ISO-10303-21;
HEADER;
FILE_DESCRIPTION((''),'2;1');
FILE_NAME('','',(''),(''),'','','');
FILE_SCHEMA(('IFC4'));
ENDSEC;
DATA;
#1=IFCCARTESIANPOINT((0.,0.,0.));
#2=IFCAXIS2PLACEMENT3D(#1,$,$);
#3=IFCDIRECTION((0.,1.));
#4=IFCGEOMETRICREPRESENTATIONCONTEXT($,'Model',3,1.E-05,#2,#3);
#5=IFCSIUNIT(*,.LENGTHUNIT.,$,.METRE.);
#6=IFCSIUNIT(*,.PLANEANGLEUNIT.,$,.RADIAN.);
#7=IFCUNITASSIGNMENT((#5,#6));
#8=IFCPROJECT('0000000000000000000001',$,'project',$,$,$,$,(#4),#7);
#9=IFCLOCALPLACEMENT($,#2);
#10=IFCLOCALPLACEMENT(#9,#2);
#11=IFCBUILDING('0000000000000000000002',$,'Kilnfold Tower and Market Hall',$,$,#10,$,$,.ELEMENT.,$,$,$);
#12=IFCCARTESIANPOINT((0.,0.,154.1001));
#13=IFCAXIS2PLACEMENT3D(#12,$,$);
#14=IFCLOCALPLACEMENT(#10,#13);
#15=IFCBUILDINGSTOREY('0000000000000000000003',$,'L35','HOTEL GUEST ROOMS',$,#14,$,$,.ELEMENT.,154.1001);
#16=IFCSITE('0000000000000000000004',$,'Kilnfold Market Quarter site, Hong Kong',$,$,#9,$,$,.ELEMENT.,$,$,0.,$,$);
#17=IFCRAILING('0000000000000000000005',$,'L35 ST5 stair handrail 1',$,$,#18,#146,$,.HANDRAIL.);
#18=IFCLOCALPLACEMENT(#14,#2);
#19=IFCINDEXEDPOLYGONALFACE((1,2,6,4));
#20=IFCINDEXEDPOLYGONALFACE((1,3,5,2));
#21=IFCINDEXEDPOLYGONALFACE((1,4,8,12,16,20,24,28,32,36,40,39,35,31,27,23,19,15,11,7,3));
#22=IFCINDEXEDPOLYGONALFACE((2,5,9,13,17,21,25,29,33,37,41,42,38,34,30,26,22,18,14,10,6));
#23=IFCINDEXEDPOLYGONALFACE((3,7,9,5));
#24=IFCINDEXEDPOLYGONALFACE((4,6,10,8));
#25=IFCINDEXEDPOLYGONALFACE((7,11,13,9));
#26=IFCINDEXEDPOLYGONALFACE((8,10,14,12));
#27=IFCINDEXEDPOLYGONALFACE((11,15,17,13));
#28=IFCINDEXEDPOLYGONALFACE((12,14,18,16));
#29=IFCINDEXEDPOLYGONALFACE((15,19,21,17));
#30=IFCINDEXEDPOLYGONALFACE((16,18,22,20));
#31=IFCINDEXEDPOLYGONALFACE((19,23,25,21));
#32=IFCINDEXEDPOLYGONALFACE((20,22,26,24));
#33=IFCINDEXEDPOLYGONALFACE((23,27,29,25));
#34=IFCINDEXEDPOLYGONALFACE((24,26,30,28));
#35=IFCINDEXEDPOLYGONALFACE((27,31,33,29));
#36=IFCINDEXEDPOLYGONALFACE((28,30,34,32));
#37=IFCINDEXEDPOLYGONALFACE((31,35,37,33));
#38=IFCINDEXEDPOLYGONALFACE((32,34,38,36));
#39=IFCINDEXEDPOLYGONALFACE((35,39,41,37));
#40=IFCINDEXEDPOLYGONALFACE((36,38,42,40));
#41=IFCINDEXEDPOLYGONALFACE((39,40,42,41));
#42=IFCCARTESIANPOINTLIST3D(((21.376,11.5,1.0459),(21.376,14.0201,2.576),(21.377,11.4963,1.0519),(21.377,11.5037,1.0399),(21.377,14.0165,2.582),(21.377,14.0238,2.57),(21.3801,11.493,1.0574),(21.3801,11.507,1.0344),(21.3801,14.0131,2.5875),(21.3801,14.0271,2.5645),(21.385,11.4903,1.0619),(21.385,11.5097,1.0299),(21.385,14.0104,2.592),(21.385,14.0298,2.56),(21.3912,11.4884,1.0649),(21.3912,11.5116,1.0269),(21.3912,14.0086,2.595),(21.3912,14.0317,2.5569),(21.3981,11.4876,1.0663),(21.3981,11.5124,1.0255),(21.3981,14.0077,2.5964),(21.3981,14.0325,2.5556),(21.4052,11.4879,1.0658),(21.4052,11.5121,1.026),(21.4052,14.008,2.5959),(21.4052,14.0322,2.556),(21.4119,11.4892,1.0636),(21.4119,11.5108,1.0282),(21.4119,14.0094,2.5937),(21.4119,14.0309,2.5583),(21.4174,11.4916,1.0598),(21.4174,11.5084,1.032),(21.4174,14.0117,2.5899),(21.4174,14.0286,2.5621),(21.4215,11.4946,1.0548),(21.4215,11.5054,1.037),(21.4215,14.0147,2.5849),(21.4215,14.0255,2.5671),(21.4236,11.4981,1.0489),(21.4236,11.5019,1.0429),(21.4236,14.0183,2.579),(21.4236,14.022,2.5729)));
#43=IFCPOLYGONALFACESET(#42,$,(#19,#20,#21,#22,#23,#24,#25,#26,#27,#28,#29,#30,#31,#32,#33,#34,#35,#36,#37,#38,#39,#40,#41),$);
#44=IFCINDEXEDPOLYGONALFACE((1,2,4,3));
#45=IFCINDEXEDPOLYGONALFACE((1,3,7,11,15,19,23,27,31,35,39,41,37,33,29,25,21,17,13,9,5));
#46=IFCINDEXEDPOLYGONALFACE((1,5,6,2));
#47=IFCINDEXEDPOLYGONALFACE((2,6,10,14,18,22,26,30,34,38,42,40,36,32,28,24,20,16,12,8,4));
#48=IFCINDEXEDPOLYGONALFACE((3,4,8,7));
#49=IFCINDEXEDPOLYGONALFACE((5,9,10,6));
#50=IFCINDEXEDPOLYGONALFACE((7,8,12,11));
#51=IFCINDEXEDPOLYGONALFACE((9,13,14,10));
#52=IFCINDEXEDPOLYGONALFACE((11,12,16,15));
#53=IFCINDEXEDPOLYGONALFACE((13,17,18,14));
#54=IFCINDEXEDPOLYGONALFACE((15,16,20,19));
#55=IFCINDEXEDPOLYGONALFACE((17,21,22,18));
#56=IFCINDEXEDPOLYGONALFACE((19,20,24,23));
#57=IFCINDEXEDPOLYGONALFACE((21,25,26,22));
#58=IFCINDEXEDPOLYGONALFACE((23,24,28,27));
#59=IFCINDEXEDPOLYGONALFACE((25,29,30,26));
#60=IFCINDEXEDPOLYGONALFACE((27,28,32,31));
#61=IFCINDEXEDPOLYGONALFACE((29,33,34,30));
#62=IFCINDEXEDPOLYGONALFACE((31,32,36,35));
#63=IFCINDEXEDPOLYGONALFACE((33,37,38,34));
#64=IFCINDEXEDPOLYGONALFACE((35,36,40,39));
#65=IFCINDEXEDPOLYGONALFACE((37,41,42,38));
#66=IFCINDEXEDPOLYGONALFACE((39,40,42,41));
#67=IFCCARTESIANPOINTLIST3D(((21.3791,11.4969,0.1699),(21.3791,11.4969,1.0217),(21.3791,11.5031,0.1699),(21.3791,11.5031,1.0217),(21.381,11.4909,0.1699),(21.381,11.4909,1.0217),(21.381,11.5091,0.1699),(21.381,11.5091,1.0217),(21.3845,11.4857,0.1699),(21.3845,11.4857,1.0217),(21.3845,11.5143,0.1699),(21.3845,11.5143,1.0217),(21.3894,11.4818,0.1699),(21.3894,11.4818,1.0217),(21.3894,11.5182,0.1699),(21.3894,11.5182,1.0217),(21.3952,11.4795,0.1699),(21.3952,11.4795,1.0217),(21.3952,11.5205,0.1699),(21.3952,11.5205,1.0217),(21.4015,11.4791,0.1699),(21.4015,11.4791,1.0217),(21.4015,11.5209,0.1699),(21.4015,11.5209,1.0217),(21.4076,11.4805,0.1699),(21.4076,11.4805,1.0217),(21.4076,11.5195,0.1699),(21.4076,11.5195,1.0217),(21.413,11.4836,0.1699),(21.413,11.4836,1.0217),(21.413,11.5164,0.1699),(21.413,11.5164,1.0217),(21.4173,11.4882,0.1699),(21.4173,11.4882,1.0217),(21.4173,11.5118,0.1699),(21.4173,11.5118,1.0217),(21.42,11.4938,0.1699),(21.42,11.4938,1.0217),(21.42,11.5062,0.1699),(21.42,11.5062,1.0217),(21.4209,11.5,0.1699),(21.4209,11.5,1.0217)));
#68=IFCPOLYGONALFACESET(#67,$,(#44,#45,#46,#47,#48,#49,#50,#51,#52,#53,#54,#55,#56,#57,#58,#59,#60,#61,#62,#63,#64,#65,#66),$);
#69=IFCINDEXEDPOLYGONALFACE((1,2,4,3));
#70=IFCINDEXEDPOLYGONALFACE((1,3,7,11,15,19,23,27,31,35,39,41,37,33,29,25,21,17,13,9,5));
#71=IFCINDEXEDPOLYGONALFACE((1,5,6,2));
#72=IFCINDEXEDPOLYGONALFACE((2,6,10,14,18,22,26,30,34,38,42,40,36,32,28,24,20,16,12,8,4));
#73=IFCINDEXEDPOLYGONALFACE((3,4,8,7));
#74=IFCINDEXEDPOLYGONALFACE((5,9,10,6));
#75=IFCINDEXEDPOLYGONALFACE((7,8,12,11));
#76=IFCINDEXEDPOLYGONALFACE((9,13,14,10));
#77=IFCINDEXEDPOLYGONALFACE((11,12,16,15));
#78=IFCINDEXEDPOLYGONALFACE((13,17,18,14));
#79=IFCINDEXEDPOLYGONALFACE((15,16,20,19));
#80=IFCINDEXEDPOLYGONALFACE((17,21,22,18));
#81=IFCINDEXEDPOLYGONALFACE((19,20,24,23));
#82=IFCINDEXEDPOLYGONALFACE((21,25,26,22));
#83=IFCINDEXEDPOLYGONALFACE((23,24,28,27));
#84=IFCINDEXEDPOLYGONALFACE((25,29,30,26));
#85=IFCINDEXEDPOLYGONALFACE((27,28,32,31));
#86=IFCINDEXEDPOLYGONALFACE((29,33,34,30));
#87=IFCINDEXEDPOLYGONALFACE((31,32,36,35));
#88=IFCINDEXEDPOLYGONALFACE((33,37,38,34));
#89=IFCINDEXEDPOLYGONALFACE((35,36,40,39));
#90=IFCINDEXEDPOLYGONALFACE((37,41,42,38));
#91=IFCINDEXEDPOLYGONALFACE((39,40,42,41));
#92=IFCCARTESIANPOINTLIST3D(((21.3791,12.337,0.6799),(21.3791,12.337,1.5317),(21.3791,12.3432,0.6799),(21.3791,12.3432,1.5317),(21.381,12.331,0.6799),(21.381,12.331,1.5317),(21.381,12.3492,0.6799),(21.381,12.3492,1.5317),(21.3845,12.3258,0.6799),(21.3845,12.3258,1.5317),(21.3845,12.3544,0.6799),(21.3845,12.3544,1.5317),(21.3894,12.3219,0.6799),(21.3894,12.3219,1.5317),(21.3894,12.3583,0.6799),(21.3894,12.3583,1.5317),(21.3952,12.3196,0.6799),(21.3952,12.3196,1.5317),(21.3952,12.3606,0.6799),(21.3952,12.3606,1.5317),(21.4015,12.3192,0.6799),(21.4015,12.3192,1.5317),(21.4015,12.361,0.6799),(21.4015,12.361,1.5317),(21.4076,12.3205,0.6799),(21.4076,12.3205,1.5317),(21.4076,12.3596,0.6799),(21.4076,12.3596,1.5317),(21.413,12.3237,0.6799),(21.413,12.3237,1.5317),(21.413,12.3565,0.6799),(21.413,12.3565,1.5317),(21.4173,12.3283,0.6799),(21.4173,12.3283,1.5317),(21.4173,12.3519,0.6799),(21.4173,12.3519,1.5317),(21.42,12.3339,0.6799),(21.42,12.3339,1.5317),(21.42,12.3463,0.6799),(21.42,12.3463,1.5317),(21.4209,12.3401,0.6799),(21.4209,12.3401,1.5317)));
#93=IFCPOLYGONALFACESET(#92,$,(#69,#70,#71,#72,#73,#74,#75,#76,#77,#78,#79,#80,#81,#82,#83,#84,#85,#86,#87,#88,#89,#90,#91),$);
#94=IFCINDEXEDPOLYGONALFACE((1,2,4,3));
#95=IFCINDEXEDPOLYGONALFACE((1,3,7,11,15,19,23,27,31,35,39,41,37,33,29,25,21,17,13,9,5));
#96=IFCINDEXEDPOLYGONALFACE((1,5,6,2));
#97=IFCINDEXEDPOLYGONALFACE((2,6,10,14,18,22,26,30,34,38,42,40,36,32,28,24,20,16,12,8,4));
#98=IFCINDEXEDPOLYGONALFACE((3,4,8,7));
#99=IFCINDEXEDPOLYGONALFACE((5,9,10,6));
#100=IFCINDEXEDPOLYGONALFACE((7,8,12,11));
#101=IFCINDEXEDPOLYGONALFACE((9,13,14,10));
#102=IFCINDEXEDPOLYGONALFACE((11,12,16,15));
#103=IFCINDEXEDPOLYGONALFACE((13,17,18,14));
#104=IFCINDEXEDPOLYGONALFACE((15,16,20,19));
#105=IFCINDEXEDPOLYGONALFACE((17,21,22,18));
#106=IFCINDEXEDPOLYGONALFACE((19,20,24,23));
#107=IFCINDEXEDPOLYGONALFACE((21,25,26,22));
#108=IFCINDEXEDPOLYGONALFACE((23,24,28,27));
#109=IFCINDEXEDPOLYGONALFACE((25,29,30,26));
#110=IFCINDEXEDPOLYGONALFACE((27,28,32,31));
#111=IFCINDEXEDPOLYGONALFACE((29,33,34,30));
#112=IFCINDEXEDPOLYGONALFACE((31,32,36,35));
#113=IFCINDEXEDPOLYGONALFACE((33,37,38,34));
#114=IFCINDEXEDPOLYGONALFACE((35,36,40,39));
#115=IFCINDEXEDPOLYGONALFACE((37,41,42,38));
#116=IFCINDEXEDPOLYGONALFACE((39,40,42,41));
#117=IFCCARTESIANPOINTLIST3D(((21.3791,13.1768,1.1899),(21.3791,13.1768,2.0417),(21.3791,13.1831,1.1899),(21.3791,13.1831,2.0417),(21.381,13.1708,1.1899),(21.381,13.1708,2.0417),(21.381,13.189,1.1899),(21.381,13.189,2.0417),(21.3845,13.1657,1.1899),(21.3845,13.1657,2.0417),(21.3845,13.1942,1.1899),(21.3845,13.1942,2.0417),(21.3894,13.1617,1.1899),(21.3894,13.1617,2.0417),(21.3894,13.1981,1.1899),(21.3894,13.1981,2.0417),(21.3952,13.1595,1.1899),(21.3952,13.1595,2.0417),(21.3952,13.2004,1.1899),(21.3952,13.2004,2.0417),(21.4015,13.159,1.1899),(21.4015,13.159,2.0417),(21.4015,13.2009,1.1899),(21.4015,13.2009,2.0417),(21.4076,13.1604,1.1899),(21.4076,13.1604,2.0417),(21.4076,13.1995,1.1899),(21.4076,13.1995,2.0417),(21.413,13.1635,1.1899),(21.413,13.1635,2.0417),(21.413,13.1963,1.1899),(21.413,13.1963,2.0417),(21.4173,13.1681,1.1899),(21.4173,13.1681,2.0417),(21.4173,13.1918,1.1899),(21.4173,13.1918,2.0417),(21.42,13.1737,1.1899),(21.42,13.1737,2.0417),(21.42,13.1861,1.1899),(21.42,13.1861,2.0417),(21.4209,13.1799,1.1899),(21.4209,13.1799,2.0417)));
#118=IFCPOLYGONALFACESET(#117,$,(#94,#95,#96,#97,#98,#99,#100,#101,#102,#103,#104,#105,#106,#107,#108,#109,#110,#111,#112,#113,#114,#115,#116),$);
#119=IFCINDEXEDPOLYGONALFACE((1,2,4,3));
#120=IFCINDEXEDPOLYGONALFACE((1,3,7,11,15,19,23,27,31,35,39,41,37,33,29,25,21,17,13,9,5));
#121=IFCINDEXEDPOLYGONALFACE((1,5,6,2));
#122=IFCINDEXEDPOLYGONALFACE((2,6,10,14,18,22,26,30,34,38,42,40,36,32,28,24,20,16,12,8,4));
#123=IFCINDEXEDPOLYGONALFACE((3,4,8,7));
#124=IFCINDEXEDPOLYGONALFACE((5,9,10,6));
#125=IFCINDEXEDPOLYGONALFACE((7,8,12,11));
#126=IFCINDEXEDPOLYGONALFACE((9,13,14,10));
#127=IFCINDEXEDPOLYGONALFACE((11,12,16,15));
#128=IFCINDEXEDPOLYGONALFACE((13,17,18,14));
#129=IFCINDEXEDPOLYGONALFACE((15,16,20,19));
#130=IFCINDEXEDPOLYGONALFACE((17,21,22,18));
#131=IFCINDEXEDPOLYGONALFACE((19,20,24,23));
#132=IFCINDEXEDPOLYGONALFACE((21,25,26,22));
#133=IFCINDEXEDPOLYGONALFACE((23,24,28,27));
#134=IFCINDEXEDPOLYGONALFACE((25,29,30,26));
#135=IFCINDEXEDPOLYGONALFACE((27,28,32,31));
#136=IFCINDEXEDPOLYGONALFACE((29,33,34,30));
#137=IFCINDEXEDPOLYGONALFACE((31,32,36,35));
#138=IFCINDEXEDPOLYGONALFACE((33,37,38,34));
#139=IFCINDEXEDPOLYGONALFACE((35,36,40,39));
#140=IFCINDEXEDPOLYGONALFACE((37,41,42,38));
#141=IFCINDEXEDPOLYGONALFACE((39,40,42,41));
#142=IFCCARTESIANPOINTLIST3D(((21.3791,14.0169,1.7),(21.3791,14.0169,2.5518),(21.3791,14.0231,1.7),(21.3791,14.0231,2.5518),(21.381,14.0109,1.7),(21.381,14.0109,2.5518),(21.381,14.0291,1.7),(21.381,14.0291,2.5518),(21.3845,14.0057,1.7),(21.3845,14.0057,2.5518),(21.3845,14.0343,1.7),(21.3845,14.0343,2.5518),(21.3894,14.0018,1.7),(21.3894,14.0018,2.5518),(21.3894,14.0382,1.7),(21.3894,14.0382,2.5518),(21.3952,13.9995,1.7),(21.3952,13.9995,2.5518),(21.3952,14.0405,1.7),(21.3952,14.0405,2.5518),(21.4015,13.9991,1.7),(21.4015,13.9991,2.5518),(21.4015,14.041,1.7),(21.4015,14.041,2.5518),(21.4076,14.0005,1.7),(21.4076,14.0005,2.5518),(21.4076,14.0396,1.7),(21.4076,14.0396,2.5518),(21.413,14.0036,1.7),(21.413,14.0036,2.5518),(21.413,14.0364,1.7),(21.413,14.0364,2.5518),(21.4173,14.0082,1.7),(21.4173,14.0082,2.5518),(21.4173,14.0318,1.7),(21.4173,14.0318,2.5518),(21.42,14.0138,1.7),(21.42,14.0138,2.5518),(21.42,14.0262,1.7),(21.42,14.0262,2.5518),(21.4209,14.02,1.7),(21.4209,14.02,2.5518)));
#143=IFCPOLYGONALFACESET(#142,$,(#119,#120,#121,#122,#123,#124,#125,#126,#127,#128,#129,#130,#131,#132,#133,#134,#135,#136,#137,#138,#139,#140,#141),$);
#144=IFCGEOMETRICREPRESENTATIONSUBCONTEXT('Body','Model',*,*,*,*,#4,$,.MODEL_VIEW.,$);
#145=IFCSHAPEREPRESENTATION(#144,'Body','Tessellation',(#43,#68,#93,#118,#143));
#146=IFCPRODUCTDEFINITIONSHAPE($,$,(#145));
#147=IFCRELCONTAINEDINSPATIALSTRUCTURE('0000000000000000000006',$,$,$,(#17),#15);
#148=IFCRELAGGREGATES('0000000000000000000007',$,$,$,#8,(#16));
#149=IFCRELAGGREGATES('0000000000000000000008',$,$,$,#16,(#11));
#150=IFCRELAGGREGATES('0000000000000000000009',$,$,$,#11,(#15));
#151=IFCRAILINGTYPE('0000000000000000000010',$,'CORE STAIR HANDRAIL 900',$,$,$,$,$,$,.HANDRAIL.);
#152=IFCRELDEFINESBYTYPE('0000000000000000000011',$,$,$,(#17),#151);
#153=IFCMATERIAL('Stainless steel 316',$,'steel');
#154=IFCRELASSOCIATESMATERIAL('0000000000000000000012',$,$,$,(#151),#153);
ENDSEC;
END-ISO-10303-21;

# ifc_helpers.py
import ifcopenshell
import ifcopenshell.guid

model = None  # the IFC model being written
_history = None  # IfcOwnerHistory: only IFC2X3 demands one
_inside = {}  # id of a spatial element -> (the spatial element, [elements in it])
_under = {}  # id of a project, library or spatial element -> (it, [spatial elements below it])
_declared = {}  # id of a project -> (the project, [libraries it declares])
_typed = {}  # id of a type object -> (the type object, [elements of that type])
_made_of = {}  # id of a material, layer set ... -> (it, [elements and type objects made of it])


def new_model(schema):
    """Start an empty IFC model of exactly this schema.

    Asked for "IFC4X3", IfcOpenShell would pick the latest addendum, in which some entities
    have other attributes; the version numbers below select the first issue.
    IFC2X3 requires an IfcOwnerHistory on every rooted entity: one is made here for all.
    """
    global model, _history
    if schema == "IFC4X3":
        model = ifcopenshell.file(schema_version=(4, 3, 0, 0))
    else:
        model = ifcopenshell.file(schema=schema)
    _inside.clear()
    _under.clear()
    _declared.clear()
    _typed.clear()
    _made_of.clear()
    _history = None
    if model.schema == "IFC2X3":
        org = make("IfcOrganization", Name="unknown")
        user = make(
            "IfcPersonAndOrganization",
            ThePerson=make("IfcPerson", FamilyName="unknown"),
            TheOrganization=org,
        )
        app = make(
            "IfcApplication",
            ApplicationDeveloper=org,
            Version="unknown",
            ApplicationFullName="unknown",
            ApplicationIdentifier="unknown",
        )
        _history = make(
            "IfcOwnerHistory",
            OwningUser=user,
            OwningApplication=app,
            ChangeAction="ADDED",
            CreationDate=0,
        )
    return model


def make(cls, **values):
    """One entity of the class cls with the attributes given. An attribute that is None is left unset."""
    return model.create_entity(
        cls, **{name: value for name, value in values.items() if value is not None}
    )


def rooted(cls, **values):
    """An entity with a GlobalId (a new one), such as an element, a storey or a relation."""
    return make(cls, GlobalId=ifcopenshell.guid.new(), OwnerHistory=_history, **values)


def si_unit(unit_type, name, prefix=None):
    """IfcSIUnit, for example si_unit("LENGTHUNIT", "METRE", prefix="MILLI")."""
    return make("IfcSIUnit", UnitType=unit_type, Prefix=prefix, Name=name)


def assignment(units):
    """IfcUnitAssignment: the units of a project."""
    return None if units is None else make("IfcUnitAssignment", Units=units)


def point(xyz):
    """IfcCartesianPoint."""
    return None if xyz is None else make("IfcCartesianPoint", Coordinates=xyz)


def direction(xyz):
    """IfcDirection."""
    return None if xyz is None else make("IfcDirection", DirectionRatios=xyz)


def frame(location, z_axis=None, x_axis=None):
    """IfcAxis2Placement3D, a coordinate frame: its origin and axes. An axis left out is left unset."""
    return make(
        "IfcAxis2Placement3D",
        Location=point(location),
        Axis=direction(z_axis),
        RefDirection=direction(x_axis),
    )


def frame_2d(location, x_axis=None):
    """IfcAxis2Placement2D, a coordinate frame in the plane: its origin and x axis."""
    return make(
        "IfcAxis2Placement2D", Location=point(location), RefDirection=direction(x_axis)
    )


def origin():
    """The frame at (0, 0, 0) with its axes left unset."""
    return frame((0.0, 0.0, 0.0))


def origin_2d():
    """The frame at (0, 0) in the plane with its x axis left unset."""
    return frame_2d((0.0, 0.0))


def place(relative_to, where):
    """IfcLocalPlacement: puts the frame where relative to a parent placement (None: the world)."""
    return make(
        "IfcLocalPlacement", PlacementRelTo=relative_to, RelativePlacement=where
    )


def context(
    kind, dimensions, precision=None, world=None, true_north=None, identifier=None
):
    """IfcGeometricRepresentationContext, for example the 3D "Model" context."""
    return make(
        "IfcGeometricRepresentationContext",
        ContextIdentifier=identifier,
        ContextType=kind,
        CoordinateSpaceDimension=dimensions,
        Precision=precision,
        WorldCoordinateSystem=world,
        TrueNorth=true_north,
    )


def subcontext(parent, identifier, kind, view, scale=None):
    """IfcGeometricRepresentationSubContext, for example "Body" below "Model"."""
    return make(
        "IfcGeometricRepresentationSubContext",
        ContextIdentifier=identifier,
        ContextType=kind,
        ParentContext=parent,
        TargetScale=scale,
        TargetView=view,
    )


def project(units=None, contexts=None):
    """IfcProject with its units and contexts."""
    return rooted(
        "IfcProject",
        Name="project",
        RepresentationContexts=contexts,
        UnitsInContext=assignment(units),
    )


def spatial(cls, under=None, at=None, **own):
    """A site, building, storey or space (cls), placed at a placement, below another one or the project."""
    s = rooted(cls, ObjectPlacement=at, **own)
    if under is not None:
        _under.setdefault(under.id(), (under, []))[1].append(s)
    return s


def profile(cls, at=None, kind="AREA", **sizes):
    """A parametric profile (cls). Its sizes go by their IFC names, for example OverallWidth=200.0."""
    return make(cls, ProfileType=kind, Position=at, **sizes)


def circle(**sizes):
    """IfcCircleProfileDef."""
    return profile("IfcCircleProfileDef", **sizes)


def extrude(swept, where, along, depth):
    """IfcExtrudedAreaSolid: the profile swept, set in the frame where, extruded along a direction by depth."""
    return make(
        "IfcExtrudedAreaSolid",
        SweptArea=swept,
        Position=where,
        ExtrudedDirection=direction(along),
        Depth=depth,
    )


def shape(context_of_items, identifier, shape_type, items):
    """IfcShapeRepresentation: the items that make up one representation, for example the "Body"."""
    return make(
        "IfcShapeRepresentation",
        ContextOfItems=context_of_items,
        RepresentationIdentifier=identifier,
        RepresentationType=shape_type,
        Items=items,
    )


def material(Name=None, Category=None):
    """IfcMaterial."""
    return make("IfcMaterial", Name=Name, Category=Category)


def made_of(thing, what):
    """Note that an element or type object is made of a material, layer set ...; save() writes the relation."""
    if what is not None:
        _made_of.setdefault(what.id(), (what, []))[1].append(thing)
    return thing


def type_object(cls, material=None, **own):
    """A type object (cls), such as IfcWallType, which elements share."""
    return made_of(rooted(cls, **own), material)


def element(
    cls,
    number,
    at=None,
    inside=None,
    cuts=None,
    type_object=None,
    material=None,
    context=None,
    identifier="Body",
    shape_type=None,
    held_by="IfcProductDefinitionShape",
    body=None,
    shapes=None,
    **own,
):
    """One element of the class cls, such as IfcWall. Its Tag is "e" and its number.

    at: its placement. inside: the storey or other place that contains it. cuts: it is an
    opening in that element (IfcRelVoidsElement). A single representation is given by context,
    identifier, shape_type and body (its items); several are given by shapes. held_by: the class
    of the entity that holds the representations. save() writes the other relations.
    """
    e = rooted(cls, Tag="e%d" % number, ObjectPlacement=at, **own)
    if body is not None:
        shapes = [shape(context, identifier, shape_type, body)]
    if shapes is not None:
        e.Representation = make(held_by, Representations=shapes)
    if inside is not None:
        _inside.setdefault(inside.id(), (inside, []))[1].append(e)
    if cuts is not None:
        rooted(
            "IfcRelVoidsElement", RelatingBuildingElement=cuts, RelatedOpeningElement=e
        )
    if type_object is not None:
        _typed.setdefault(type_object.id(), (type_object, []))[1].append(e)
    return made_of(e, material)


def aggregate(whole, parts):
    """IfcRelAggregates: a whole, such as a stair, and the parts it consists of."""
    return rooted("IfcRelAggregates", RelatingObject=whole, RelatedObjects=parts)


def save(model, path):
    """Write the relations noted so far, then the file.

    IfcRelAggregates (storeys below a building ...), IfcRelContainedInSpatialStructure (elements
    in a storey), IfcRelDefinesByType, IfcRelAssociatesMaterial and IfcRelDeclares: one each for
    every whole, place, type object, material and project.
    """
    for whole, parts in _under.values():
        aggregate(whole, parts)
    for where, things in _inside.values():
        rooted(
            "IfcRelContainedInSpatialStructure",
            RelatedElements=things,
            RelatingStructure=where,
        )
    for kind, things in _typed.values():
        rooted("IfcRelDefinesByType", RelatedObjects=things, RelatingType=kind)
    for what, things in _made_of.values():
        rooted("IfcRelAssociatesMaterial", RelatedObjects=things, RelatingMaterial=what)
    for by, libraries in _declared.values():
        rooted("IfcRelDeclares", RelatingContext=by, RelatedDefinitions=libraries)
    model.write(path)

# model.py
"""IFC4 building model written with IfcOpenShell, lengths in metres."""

from ifc_helpers import new_model, si_unit, direction, frame, origin, origin_2d, place, context, subcontext, project, spatial, circle, extrude, material, type_object, element, save


model = new_model("IFC4")

# Units and contexts
model_context = context("Model", 3, precision=1e-05, world=origin(), true_north=direction((0.0, 1.0)))
body_context = subcontext(model_context, "Body", "Model", "MODEL_VIEW")
ifc_project = project(units=[si_unit("LENGTHUNIT", "METRE"), si_unit("PLANEANGLEUNIT", "RADIAN")], contexts=[model_context])

# Site, building, storey
site_placement = place(None, origin())
site = spatial("IfcSite", under=ifc_project, at=site_placement, Name="Kilnfold Market Quarter site, Hong Kong", CompositionType="ELEMENT", RefElevation=0.0)
building_placement = place(site_placement, origin())
building = spatial("IfcBuilding", under=site, at=building_placement, Name="Kilnfold Tower and Market Hall", CompositionType="ELEMENT")
storey_placement = place(building_placement, frame((0.0, 0.0, 154.1001)))
storey = spatial("IfcBuildingStorey", under=building, at=storey_placement, Name="L35", Description="HOTEL GUEST ROOMS", CompositionType="ELEMENT", Elevation=154.1001)

# Railing
ifc_material_1 = material(Name="Stainless steel 316", Category="steel")
railing_type_1 = type_object("IfcRailingType", Name="CORE STAIR HANDRAIL 900", PredefinedType="HANDRAIL", material=ifc_material_1)
railing_1_placement = place(storey_placement, frame((21.3999, 11.5, 0.1699)))
element("IfcRailing", 1, at=railing_1_placement, inside=storey, type_object=railing_type_1, Name="L35 ST5 stair handrail 1", PredefinedType="HANDRAIL", context=body_context, shape_type="SweptSolid", body=[
    extrude(circle(Radius=0.0239, at=origin_2d()), frame((0.0, 0.0, 0.876), z_axis=(0.0, 0.854785, 0.518982), x_axis=(-1.0, 0.0, 0.0)), (0.0, 0.0, 1.0), 2.9482),
    extrude(circle(Radius=0.021, at=origin_2d()), origin(), (0.0, 0.0, 1.0), 0.8518),
    extrude(circle(Radius=0.021, at=origin_2d()), frame((0.0, 0.8401, 0.51)), (0.0, 0.0, 1.0), 0.8518),
    extrude(circle(Radius=0.021, at=origin_2d()), frame((0.0, 1.6799, 1.02)), (0.0, 0.0, 1.0), 0.8518),
    extrude(circle(Radius=0.021, at=origin_2d()), frame((0.0, 2.52, 1.53)), (0.0, 0.0, 1.0), 0.8518),
])

save(model, "model.ifc")
